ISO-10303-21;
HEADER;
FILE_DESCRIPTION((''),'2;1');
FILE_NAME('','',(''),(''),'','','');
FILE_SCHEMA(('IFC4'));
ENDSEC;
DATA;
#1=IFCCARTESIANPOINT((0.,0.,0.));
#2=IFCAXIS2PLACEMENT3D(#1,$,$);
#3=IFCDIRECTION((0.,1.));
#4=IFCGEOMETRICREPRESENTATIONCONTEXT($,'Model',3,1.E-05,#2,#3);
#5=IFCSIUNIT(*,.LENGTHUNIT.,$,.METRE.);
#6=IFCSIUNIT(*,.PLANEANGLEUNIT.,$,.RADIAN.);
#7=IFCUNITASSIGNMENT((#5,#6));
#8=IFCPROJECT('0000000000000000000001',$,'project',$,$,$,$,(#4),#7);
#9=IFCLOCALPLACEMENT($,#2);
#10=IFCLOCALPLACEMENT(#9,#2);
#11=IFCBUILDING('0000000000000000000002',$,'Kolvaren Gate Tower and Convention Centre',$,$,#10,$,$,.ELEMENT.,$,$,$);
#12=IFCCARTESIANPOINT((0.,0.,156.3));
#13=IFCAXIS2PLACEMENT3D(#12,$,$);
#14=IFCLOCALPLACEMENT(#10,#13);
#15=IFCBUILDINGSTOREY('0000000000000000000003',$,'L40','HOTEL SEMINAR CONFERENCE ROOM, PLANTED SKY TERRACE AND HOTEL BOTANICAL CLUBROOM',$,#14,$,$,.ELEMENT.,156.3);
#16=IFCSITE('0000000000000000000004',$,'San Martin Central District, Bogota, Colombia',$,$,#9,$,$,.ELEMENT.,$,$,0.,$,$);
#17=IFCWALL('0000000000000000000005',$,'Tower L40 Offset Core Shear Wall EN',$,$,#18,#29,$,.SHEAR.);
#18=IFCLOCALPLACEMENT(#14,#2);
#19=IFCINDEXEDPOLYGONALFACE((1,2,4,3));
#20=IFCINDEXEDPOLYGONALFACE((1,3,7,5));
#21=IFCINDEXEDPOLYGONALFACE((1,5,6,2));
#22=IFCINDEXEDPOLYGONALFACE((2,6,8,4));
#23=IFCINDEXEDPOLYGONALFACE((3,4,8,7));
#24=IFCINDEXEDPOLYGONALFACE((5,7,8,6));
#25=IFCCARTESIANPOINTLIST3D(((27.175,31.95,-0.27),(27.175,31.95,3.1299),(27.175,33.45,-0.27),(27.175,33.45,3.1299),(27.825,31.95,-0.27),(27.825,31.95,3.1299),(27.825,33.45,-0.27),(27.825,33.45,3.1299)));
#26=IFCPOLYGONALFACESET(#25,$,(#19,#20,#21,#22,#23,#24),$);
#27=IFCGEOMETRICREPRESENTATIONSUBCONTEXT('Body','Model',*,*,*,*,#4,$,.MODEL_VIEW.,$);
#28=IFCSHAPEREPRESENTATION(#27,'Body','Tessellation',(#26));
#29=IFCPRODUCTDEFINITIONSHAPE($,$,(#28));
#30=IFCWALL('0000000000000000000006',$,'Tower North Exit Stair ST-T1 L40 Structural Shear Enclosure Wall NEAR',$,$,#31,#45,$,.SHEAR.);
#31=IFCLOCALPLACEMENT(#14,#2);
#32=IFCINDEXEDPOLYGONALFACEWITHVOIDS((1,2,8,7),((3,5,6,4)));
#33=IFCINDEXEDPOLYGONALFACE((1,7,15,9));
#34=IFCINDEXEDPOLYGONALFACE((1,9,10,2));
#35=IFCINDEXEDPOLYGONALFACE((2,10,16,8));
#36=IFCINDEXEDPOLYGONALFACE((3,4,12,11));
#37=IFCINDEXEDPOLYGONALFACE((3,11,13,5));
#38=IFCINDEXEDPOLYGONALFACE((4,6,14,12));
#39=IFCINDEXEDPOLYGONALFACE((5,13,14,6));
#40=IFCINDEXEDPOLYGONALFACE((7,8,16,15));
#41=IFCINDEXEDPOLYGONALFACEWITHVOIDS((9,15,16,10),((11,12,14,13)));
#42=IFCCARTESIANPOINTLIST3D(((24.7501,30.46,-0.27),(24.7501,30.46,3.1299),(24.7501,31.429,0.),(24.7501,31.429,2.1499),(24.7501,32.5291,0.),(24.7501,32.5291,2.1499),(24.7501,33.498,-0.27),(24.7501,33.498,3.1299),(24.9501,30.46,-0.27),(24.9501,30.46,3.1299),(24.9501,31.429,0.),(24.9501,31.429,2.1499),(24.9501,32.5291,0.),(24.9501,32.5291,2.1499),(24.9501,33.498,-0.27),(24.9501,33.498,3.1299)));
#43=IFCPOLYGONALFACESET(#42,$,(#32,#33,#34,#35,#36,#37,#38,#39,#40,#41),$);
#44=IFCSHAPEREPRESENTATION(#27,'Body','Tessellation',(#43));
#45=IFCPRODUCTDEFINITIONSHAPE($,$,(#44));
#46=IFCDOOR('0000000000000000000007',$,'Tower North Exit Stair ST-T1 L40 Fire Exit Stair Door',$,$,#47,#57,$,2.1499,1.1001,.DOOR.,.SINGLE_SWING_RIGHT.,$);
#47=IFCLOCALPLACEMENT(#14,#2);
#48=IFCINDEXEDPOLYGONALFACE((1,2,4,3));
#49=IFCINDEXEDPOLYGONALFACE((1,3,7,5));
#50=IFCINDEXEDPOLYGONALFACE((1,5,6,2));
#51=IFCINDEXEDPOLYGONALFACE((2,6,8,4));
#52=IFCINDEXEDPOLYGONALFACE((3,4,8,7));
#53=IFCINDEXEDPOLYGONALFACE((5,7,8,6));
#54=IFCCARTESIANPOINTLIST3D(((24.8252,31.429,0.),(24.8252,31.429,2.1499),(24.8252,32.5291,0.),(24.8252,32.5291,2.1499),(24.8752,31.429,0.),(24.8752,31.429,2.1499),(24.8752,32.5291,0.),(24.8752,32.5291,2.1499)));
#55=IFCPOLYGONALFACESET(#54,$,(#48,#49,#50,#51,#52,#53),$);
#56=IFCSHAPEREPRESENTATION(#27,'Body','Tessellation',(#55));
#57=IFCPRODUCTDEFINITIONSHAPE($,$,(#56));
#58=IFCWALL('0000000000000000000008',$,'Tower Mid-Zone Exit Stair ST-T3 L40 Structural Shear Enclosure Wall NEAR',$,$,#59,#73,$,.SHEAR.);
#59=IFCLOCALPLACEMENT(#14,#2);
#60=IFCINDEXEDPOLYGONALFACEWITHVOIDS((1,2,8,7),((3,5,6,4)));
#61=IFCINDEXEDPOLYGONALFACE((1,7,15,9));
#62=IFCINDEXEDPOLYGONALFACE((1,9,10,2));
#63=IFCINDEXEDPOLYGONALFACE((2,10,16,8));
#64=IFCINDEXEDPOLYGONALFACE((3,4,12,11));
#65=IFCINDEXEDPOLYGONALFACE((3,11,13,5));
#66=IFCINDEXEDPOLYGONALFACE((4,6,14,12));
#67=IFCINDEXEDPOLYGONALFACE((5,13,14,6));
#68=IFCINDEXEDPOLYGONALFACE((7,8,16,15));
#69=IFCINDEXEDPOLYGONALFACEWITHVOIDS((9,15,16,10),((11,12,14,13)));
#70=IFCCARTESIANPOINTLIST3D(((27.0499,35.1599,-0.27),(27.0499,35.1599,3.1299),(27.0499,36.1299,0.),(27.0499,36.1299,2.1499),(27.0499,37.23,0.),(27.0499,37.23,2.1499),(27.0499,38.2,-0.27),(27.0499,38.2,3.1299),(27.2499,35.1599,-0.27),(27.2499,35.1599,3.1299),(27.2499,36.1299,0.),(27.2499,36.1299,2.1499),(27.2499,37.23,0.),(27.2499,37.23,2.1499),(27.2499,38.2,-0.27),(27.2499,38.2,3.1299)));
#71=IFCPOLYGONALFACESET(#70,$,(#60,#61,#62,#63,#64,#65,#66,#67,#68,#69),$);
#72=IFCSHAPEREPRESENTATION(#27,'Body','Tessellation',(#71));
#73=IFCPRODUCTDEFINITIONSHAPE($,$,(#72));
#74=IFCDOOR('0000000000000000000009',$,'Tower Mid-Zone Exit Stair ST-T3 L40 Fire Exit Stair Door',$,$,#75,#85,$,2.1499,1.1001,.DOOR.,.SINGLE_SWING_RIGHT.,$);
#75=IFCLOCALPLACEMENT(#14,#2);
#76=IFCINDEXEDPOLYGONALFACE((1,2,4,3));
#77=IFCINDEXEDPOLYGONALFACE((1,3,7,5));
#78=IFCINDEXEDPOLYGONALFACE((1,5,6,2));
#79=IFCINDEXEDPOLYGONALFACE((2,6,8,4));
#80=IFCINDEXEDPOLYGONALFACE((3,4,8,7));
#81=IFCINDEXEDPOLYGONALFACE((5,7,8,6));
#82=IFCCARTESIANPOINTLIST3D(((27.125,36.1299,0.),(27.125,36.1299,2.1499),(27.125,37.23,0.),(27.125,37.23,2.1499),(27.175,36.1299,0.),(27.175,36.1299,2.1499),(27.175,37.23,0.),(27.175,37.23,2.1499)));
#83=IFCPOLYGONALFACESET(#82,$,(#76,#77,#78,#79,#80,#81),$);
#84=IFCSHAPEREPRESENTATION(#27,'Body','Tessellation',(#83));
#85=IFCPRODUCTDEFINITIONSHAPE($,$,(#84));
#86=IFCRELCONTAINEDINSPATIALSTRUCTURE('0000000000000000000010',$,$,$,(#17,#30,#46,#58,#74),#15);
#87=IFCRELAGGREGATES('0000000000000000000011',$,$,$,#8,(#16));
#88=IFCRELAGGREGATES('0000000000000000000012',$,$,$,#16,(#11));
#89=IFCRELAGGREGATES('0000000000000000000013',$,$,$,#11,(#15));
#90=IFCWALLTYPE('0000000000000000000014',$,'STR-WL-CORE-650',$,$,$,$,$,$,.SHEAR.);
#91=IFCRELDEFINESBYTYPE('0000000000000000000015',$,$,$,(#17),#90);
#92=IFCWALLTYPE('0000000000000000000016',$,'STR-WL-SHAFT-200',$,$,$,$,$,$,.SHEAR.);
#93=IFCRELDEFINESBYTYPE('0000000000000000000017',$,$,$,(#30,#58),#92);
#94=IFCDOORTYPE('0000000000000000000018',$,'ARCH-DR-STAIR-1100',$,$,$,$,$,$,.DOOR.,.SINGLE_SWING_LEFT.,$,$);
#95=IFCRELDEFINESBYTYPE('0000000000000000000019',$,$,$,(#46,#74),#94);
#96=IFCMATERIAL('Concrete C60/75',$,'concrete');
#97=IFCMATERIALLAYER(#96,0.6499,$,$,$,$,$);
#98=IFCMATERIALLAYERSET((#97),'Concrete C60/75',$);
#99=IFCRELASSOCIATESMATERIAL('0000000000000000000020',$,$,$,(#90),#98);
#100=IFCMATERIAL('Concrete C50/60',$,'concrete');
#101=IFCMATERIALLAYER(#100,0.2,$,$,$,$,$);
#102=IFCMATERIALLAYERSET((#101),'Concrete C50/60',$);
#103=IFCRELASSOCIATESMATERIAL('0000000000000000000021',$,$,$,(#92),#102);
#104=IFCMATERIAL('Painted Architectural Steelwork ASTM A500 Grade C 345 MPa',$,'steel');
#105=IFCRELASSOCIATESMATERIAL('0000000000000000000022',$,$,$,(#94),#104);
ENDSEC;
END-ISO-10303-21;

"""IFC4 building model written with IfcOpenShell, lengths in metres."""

from ifc_helpers import new_model, si_unit, direction, frame, frame_2d, origin, place, context, subcontext, project, spatial, rectangle, extrude, material, layer, layer_set, type_object, element, fill, save


model = new_model("IFC4")

# Units and contexts
model_context = context("Model", 3, precision=1e-05, world=origin(), true_north=direction((0.0, 1.0)))
body_context = subcontext(model_context, "Body", "Model", "MODEL_VIEW")
ifc_project = project(units=[si_unit("LENGTHUNIT", "METRE"), si_unit("PLANEANGLEUNIT", "RADIAN")], contexts=[model_context])

# Site, building, storey
site_placement = place(None, origin())
site = spatial("IfcSite", under=ifc_project, at=site_placement, Name="San Martin Central District, Bogota, Colombia", CompositionType="ELEMENT", RefElevation=0.0)
building_placement = place(site_placement, origin())
building = spatial("IfcBuilding", under=site, at=building_placement, Name="Kolvaren Gate Tower and Convention Centre", CompositionType="ELEMENT")
storey_placement = place(building_placement, frame((0.0, 0.0, 156.3)))
storey = spatial("IfcBuildingStorey", under=building, at=storey_placement, Name="L40", Description="HOTEL SEMINAR CONFERENCE ROOM, PLANTED SKY TERRACE AND HOTEL BOTANICAL CLUBROOM", CompositionType="ELEMENT", Elevation=156.3)

# Shared definitions
ifc_material_1 = material(Name="Painted Architectural Steelwork ASTM A500 Grade C 345 MPa", Category="steel")

# Wall
ifc_material_2 = material(Name="Concrete C60/75", Category="concrete")
ifc_layer_1 = layer(ifc_material_2, 0.6499)
ifc_layer_set_1 = layer_set([ifc_layer_1], Name="Concrete C60/75")
wall_type_1 = type_object("IfcWallType", Name="STR-WL-CORE-650", PredefinedType="SHEAR", material=ifc_layer_set_1)
wall_1_placement = place(storey_placement, frame((27.5, 31.95, -0.27), z_axis=(0.0, 0.0, 1.0), x_axis=(0.0, 1.0, 0.0)))
element("IfcWall", 1, at=wall_1_placement, inside=storey, type_object=wall_type_1, Name="Tower L40 Offset Core Shear Wall EN", PredefinedType="SHEAR", context=body_context, shape_type="SweptSolid", body=[
    extrude(rectangle(XDim=1.5, YDim=0.6499, at=frame_2d((0.75, 0.0))), origin(), (0.0, 0.0, 1.0), 3.3999),
])

# Walls, openings, doors
ifc_material_3 = material(Name="Concrete C50/60", Category="concrete")
ifc_layer_2 = layer(ifc_material_3, 0.2)
ifc_layer_set_2 = layer_set([ifc_layer_2], Name="Concrete C50/60")
wall_type_2 = type_object("IfcWallType", Name="STR-WL-SHAFT-200", PredefinedType="SHEAR", material=ifc_layer_set_2)
wall_2_placement = place(storey_placement, frame((24.8501, 30.46, -0.27), z_axis=(0.0, 0.0, 1.0), x_axis=(0.0, 1.0, 0.0)))
wall_2 = element("IfcWall", 2, at=wall_2_placement, inside=storey, type_object=wall_type_2, Name="Tower North Exit Stair ST-T1 L40 Structural Shear Enclosure Wall NEAR", PredefinedType="SHEAR", context=body_context, shape_type="SweptSolid", body=[
    extrude(rectangle(XDim=3.0381, YDim=0.2, at=frame_2d((1.519, 0.0))), origin(), (0.0, 0.0, 1.0), 3.3999),
])
opening_1_placement = place(wall_2_placement, frame((0.969, 0.0, 0.27)))
opening_1 = element("IfcOpeningElement", 3, at=opening_1_placement, cuts=wall_2, PredefinedType="OPENING", context=body_context, shape_type="SweptSolid", body=[
    extrude(rectangle(XDim=1.1001, YDim=2.1499, at=frame_2d((0.55, 1.075))), frame((0.0, 0.1099, 0.0), z_axis=(0.0, -1.0, 0.0), x_axis=(1.0, 0.0, 0.0)), (0.0, 0.0, 1.0), 0.22),
])
door_type_1 = type_object("IfcDoorType", Name="ARCH-DR-STAIR-1100", OperationType="SINGLE_SWING_LEFT", PredefinedType="DOOR", material=ifc_material_1)
door_1_placement = place(opening_1_placement, origin())
door_1 = element("IfcDoor", 4, at=door_1_placement, inside=storey, type_object=door_type_1, Name="Tower North Exit Stair ST-T1 L40 Fire Exit Stair Door", OperationType="SINGLE_SWING_RIGHT", OverallHeight=2.1499, OverallWidth=1.1001, PredefinedType="DOOR", context=body_context, shape_type="SweptSolid", body=[
    extrude(rectangle(XDim=1.1001, YDim=2.1499, at=frame_2d((0.55, 1.075))), frame((0.0, 0.0249, 0.0), z_axis=(0.0, -1.0, 0.0), x_axis=(1.0, 0.0, 0.0)), (0.0, 0.0, 1.0), 0.05),
])
fill(opening_1, door_1)
wall_3_placement = place(storey_placement, frame((27.1499, 35.1599, -0.27), z_axis=(0.0, 0.0, 1.0), x_axis=(0.0, 1.0, 0.0)))
wall_3 = element("IfcWall", 5, at=wall_3_placement, inside=storey, type_object=wall_type_2, Name="Tower Mid-Zone Exit Stair ST-T3 L40 Structural Shear Enclosure Wall NEAR", PredefinedType="SHEAR", context=body_context, shape_type="SweptSolid", body=[
    extrude(rectangle(XDim=3.04, YDim=0.2, at=frame_2d((1.52, 0.0))), origin(), (0.0, 0.0, 1.0), 3.3999),
])
opening_2_placement = place(wall_3_placement, frame((0.97, 0.0, 0.27)))
opening_2 = element("IfcOpeningElement", 6, at=opening_2_placement, cuts=wall_3, PredefinedType="OPENING", context=body_context, shape_type="SweptSolid", body=[
    extrude(rectangle(XDim=1.1001, YDim=2.1499, at=frame_2d((0.55, 1.075))), frame((0.0, 0.1099, 0.0), z_axis=(0.0, -1.0, 0.0), x_axis=(1.0, 0.0, 0.0)), (0.0, 0.0, 1.0), 0.22),
])
door_2_placement = place(opening_2_placement, origin())
door_2 = element("IfcDoor", 7, at=door_2_placement, inside=storey, type_object=door_type_1, Name="Tower Mid-Zone Exit Stair ST-T3 L40 Fire Exit Stair Door", OperationType="SINGLE_SWING_RIGHT", OverallHeight=2.1499, OverallWidth=1.1001, PredefinedType="DOOR", context=body_context, shape_type="SweptSolid", body=[
    extrude(rectangle(XDim=1.1001, YDim=2.1499, at=frame_2d((0.55, 1.075))), frame((0.0, 0.0249, 0.0), z_axis=(0.0, -1.0, 0.0), x_axis=(1.0, 0.0, 0.0)), (0.0, 0.0, 1.0), 0.05),
])
fill(opening_2, door_2)

save(model, "model.ifc")
